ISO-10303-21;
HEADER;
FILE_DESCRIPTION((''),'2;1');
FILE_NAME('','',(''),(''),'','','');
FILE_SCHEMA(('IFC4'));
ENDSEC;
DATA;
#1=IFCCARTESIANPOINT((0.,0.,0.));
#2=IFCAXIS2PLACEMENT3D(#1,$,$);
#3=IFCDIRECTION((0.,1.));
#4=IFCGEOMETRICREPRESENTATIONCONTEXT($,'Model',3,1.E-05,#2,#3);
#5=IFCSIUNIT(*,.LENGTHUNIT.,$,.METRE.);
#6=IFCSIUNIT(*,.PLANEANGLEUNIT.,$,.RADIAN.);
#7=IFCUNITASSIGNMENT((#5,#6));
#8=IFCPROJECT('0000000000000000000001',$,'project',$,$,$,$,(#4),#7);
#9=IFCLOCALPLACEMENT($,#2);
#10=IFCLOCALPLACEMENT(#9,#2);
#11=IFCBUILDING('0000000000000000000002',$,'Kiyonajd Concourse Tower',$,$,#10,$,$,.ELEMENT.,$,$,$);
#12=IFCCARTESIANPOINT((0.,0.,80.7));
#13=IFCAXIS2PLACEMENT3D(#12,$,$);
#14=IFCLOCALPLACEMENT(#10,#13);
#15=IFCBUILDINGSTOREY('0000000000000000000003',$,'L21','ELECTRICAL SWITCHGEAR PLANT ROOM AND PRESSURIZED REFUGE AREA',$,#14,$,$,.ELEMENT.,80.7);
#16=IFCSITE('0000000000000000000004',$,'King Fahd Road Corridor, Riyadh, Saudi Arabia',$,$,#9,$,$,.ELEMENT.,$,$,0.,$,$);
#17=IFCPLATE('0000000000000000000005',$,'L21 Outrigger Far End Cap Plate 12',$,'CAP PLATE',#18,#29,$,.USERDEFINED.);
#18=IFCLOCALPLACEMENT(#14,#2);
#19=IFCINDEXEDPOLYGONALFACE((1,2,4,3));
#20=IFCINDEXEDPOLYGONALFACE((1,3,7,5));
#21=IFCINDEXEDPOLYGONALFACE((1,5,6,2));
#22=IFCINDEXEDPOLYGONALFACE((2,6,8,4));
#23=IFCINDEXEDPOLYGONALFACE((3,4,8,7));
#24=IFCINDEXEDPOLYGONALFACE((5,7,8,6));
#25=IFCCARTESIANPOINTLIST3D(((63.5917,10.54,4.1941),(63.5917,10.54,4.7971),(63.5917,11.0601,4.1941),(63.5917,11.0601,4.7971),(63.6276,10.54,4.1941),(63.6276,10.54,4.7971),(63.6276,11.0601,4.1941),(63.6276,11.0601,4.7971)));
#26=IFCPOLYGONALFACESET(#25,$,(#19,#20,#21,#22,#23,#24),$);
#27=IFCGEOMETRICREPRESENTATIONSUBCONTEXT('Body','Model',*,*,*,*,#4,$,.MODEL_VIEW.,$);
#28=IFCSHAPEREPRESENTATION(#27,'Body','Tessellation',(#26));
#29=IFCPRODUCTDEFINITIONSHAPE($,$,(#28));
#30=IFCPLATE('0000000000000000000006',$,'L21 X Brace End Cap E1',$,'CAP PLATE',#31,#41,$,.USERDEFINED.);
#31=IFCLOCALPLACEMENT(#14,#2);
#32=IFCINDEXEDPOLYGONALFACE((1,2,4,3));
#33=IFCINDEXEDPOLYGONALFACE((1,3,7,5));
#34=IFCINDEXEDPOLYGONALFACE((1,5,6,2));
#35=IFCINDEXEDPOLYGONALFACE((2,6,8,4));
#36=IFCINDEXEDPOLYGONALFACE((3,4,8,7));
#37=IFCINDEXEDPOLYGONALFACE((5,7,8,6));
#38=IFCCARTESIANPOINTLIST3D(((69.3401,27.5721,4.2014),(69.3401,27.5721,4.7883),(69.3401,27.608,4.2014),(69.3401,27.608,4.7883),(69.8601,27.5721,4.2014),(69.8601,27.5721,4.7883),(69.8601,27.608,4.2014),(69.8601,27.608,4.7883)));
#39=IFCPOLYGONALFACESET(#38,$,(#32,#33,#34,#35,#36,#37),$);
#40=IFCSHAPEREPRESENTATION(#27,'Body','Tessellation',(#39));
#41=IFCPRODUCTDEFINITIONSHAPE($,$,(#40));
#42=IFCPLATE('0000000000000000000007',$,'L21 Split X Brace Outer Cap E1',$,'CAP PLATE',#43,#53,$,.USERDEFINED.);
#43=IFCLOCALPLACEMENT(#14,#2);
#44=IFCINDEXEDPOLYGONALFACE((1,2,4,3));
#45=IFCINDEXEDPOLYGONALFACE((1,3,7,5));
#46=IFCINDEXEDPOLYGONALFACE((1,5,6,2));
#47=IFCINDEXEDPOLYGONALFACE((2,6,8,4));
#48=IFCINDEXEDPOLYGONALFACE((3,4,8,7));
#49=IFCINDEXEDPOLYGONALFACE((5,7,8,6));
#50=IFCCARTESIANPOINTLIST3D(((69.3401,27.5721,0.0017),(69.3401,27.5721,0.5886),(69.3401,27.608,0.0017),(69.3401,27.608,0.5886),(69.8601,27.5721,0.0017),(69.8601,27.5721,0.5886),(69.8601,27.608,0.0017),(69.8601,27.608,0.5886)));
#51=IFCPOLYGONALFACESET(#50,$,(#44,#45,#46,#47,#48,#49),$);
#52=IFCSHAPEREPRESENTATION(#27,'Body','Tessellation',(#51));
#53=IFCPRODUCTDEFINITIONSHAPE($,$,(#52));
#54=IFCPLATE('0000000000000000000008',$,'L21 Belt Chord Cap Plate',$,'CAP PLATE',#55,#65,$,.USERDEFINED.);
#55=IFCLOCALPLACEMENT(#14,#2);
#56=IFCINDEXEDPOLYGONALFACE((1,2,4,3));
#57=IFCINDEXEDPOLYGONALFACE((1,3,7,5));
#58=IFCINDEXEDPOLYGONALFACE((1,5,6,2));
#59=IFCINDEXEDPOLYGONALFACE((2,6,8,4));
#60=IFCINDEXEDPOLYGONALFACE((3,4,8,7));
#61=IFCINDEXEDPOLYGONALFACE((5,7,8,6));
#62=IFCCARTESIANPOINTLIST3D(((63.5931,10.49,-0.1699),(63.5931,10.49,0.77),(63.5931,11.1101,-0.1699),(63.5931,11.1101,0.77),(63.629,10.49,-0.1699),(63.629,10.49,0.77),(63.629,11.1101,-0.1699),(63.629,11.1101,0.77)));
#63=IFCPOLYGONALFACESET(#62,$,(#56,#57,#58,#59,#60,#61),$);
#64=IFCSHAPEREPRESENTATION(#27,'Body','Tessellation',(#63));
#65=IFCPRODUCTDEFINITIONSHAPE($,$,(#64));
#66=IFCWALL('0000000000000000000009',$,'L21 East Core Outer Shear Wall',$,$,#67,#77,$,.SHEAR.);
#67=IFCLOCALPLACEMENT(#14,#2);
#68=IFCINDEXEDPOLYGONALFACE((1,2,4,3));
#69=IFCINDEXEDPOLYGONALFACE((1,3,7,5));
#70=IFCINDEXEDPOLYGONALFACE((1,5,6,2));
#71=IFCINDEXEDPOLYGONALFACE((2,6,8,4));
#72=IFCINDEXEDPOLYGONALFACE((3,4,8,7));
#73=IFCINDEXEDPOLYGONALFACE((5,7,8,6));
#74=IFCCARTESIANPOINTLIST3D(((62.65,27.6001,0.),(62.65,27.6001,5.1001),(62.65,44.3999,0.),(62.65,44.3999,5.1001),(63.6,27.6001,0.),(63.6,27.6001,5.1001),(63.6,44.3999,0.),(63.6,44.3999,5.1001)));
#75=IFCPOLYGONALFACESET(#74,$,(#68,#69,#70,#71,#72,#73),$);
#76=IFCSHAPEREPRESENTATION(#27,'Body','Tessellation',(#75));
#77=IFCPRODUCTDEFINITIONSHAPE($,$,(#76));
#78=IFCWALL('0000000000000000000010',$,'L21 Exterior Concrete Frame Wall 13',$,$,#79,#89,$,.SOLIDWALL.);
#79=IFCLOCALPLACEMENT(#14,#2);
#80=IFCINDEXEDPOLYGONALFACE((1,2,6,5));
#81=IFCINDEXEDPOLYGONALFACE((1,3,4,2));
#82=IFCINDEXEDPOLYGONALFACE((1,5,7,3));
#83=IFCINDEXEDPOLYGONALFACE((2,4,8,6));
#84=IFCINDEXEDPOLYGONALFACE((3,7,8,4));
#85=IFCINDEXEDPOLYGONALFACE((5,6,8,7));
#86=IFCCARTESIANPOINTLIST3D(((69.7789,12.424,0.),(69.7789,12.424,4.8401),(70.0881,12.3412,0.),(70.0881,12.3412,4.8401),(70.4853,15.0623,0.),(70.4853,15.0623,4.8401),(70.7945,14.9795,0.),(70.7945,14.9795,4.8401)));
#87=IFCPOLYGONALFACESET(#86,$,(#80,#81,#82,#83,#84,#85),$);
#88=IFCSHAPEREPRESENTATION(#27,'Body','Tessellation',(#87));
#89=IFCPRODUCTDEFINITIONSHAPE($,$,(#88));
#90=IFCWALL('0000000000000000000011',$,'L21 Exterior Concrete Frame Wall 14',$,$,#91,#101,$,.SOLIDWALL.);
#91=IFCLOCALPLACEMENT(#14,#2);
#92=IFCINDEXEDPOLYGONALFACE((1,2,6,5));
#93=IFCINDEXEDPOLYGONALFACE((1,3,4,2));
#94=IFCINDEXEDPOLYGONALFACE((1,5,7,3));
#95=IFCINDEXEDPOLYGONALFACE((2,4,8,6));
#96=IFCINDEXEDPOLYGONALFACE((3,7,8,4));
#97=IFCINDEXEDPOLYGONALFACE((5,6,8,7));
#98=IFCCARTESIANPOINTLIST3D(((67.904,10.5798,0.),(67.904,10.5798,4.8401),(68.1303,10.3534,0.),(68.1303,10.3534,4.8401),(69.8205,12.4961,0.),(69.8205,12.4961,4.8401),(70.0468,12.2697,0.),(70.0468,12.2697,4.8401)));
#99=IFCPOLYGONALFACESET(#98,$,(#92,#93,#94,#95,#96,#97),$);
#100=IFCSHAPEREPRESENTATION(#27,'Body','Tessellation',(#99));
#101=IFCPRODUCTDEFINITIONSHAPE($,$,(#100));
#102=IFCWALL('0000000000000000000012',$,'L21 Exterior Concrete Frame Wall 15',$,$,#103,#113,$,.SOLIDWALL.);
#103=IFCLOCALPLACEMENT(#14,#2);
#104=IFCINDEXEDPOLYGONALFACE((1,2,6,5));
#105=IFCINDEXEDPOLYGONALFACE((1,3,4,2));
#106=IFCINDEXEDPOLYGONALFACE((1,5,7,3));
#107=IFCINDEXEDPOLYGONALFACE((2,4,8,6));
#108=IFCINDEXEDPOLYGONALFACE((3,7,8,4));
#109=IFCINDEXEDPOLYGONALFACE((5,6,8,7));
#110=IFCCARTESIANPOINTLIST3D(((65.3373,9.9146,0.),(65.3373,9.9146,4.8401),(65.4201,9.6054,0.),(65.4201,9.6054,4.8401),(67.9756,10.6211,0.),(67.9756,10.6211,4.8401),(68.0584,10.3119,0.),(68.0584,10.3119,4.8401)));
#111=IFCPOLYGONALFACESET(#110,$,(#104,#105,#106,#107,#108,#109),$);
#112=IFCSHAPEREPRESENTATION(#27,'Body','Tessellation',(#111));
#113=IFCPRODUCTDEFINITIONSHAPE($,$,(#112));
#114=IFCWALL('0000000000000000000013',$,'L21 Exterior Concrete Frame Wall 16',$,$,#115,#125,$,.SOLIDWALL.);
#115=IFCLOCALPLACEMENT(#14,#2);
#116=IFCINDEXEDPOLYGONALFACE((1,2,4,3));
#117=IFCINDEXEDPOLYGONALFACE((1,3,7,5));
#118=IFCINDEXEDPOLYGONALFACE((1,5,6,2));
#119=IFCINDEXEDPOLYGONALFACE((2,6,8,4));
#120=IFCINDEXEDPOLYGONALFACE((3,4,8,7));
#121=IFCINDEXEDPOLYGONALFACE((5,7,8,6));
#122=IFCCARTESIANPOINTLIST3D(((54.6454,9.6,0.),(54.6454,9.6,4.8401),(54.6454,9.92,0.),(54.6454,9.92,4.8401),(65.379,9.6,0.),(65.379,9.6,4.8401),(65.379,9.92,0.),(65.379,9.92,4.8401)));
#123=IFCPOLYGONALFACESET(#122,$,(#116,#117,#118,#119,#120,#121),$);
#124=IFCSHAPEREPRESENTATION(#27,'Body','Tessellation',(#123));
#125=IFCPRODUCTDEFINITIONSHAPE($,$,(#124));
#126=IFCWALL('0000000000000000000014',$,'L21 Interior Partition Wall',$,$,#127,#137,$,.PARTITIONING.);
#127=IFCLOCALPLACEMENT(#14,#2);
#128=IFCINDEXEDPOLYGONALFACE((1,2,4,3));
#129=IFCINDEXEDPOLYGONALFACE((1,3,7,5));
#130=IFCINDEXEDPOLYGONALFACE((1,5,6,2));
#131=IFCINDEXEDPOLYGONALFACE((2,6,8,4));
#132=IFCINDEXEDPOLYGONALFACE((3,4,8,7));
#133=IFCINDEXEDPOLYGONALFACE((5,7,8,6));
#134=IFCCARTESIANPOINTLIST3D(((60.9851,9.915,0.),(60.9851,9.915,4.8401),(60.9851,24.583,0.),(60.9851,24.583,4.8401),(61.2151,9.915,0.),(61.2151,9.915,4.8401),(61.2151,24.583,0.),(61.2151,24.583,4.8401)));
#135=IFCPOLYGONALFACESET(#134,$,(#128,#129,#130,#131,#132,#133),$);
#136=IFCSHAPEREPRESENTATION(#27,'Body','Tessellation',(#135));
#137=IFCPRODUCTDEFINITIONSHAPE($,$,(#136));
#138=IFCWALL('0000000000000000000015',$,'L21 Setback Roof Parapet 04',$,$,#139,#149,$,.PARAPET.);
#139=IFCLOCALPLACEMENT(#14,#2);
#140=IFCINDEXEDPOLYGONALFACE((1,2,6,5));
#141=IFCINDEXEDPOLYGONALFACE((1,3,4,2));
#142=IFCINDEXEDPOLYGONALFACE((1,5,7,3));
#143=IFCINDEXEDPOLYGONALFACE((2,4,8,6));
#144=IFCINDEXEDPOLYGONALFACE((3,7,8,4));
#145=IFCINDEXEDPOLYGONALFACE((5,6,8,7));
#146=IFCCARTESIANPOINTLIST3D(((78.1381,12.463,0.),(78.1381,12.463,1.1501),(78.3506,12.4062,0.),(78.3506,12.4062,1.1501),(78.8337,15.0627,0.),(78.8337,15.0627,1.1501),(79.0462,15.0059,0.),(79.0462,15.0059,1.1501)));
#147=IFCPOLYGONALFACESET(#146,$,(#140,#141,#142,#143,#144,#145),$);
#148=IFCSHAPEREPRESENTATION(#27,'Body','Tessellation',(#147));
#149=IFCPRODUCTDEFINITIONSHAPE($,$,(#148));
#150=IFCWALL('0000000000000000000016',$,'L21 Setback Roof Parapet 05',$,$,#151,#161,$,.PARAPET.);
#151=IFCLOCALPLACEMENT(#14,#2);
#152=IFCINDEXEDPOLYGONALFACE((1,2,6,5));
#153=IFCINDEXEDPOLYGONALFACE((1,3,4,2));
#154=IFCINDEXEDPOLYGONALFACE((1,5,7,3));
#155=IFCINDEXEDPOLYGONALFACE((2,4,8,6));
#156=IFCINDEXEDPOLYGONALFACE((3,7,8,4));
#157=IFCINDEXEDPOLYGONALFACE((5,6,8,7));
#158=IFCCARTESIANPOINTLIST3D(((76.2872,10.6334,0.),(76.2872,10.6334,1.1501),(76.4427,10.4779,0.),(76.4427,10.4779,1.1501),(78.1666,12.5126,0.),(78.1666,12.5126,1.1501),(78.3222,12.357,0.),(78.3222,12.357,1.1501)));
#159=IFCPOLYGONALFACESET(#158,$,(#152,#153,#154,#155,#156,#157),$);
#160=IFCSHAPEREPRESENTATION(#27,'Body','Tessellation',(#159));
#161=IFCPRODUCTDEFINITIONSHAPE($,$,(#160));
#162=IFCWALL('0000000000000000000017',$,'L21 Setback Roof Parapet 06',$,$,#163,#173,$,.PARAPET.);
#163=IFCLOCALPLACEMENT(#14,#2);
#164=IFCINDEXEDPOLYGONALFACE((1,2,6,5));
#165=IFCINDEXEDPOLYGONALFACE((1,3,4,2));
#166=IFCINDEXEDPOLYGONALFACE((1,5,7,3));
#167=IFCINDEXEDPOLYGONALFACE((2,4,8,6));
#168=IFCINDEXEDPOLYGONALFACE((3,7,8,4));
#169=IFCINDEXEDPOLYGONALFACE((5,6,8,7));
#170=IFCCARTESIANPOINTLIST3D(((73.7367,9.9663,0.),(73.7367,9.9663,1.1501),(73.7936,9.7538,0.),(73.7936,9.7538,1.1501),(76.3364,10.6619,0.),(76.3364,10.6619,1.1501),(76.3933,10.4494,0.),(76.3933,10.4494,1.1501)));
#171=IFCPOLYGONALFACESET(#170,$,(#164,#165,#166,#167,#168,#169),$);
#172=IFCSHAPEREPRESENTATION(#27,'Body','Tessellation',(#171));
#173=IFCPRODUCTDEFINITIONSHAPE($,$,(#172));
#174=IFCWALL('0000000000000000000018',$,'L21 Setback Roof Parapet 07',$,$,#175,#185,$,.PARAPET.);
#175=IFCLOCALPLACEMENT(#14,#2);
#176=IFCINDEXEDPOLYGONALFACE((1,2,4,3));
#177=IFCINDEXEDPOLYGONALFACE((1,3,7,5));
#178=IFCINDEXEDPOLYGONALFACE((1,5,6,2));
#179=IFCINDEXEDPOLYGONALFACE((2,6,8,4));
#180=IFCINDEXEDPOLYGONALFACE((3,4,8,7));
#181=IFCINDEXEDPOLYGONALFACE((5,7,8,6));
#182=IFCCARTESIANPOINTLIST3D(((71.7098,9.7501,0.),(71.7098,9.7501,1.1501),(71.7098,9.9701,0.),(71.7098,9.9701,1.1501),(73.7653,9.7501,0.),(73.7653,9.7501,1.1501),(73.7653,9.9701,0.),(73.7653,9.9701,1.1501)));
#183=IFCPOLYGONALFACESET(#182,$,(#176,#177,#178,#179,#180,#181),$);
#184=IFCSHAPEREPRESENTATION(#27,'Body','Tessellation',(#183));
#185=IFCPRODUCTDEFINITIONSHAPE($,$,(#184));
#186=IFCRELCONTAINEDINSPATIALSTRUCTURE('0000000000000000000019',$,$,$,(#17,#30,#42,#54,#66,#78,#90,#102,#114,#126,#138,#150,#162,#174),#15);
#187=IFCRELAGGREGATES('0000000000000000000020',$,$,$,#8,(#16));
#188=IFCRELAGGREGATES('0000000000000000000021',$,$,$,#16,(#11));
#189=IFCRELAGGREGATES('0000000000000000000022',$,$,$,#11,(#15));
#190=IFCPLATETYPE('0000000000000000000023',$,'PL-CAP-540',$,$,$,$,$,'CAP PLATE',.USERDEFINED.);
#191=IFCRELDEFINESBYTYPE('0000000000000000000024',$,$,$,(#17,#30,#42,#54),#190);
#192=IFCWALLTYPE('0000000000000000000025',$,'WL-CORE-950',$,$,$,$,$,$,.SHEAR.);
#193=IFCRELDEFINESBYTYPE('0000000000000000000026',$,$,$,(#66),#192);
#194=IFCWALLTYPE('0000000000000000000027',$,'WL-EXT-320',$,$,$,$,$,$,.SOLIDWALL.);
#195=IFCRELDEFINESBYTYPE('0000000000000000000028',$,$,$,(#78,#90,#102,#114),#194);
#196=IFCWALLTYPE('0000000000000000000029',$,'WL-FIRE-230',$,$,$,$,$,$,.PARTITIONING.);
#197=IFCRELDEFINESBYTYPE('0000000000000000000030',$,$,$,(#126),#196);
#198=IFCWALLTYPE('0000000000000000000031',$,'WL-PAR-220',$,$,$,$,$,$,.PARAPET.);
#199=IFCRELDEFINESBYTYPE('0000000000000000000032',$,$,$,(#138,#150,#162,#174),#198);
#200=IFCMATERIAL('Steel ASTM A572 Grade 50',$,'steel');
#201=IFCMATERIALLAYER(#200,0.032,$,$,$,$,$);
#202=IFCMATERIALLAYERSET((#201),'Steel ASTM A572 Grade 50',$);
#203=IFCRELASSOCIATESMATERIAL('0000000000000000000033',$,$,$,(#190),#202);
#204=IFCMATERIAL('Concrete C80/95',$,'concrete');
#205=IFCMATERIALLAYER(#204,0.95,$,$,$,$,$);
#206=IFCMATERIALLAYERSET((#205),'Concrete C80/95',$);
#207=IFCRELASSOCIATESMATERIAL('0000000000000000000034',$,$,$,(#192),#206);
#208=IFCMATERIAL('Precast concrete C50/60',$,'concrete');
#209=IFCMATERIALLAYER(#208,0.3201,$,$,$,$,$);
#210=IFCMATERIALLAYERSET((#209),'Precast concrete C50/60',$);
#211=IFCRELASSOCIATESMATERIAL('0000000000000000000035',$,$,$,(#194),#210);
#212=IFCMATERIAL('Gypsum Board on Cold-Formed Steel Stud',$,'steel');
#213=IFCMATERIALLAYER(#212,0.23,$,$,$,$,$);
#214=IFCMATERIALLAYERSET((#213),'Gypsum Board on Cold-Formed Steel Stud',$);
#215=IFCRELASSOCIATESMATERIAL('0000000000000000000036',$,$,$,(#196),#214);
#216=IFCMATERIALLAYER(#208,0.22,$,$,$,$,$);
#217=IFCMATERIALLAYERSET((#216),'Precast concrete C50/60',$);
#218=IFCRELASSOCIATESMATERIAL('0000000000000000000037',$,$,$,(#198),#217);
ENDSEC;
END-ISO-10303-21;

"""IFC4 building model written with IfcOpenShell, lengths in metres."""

from ifc_helpers import new_model, si_unit, direction, frame, frame_2d, origin, origin_2d, place, context, subcontext, project, spatial, rectangle, extrude, material, layer, layer_set, type_object, element, save


model = new_model("IFC4")

# Units and contexts
model_context = context("Model", 3, precision=1e-05, world=origin(), true_north=direction((0.0, 1.0)))
body_context = subcontext(model_context, "Body", "Model", "MODEL_VIEW")
ifc_project = project(units=[si_unit("LENGTHUNIT", "METRE"), si_unit("PLANEANGLEUNIT", "RADIAN")], contexts=[model_context])

# Site, building, storey
site_placement = place(None, origin())
site = spatial("IfcSite", under=ifc_project, at=site_placement, Name="King Fahd Road Corridor, Riyadh, Saudi Arabia", CompositionType="ELEMENT", RefElevation=0.0)
building_placement = place(site_placement, origin())
building = spatial("IfcBuilding", under=site, at=building_placement, Name="Kiyonajd Concourse Tower", CompositionType="ELEMENT")
storey_placement = place(building_placement, frame((0.0, 0.0, 80.7)))
storey = spatial("IfcBuildingStorey", under=building, at=storey_placement, Name="L21", Description="ELECTRICAL SWITCHGEAR PLANT ROOM AND PRESSURIZED REFUGE AREA", CompositionType="ELEMENT", Elevation=80.7)

# Shared definitions
ifc_material_1 = material(Name="Concrete C80/95", Category="concrete")

# Plates
ifc_material_2 = material(Name="Steel ASTM A572 Grade 50", Category="steel")
ifc_layer_1 = layer(ifc_material_2, 0.032)
ifc_layer_set_1 = layer_set([ifc_layer_1], Name="Steel ASTM A572 Grade 50")
plate_type = type_object("IfcPlateType", Name="PL-CAP-540", ElementType="CAP PLATE", PredefinedType="USERDEFINED", material=ifc_layer_set_1)
plate_1_placement = place(storey_placement, frame((63.6096, 10.8, 4.1941), z_axis=(0.0, 0.0, 1.0), x_axis=(1.0, 0.0, 0.0)))
element("IfcPlate", 1, at=plate_1_placement, inside=storey, type_object=plate_type, Name="L21 Outrigger Far End Cap Plate 12", ObjectType="CAP PLATE", PredefinedType="USERDEFINED", context=body_context, shape_type="SweptSolid", body=[
    extrude(rectangle(XDim=0.0359, YDim=0.52, at=origin_2d()), origin(), (0.0, 0.0, 1.0), 0.603),
])
for number, where, z_axis, x_axis, name in (
    (2, (69.6001, 27.5901, 4.2014), (0.0, 0.0, 1.0), (0.0, -1.0, 0.0), "L21 X Brace End Cap E1"),
    (3, (69.6001, 27.5901, 0.0017), (0.0, 0.0, 1.0), (0.0, -1.0, 0.0), "L21 Split X Brace Outer Cap E1"),
):
    element("IfcPlate", number, at=place(storey_placement, frame(where, z_axis=z_axis, x_axis=x_axis)), inside=storey, type_object=plate_type, Name=name, ObjectType="CAP PLATE", PredefinedType="USERDEFINED", context=body_context, shape_type="SweptSolid", body=[
        extrude(rectangle(XDim=0.0359, YDim=0.52, at=origin_2d()), origin(), (0.0, 0.0, 1.0), 0.5869),
    ])
plate_2_placement = place(storey_placement, frame((63.6111, 10.8, -0.1699), z_axis=(0.0, 0.0, 1.0), x_axis=(1.0, 0.0, 0.0)))
element("IfcPlate", 4, at=plate_2_placement, inside=storey, type_object=plate_type, Name="L21 Belt Chord Cap Plate", ObjectType="CAP PLATE", PredefinedType="USERDEFINED", context=body_context, shape_type="SweptSolid", body=[
    extrude(rectangle(XDim=0.0359, YDim=0.6201, at=origin_2d()), origin(), (0.0, 0.0, 1.0), 0.9399),
])

# Walls
ifc_layer_2 = layer(ifc_material_1, 0.95)
ifc_layer_set_2 = layer_set([ifc_layer_2], Name="Concrete C80/95")
wall_type_1 = type_object("IfcWallType", Name="WL-CORE-950", PredefinedType="SHEAR", material=ifc_layer_set_2)
wall_1_placement = place(storey_placement, frame((63.125, 27.6001, 0.0), z_axis=(0.0, 0.0, 1.0), x_axis=(0.0, 1.0, 0.0)))
element("IfcWall", 5, at=wall_1_placement, inside=storey, type_object=wall_type_1, Name="L21 East Core Outer Shear Wall", PredefinedType="SHEAR", context=body_context, shape_type="SweptSolid", body=[
    extrude(rectangle(XDim=16.7998, YDim=0.95, at=frame_2d((8.3999, 0.0))), origin(), (0.0, 0.0, 1.0), 5.1001),
])
ifc_material_3 = material(Name="Precast concrete C50/60", Category="concrete")
ifc_layer_3 = layer(ifc_material_3, 0.3201)
ifc_layer_set_3 = layer_set([ifc_layer_3], Name="Precast concrete C50/60")
wall_type_2 = type_object("IfcWallType", Name="WL-EXT-320", PredefinedType="SOLIDWALL", material=ifc_layer_set_3)
wall_2_placement = place(storey_placement, frame((70.6399, 15.021, 0.0), z_axis=(0.0, 0.0, 1.0), x_axis=(-0.258614, -0.965981, 0.0)))
element("IfcWall", 6, at=wall_2_placement, inside=storey, type_object=wall_type_2, Name="L21 Exterior Concrete Frame Wall 13", PredefinedType="SOLIDWALL", context=body_context, shape_type="SweptSolid", body=[
    extrude(rectangle(XDim=2.7312, YDim=0.3201, at=frame_2d((1.3657, 0.0))), origin(), (0.0, 0.0, 1.0), 4.8401),
])
wall_3_placement = place(storey_placement, frame((69.9336, 12.3828, 0.0), z_axis=(0.0, 0.0, 1.0), x_axis=(-0.707152, -0.707062, 0.0)))
element("IfcWall", 7, at=wall_3_placement, inside=storey, type_object=wall_type_2, Name="L21 Exterior Concrete Frame Wall 14", PredefinedType="SOLIDWALL", context=body_context, shape_type="SweptSolid", body=[
    extrude(rectangle(XDim=2.7102, YDim=0.3201, at=frame_2d((1.355, 0.0))), origin(), (0.0, 0.0, 1.0), 4.8401),
])
wall_4_placement = place(storey_placement, frame((68.0171, 10.4666, 0.0), z_axis=(0.0, 0.0, 1.0), x_axis=(-0.965958, -0.258697, 0.0)))
element("IfcWall", 8, at=wall_4_placement, inside=storey, type_object=wall_type_2, Name="L21 Exterior Concrete Frame Wall 15", PredefinedType="SOLIDWALL", context=body_context, shape_type="SweptSolid", body=[
    extrude(rectangle(XDim=2.7312, YDim=0.3201, at=frame_2d((1.3657, 0.0))), origin(), (0.0, 0.0, 1.0), 4.8401),
])
wall_5_placement = place(storey_placement, frame((65.3789, 9.76, 0.0), z_axis=(0.0, 0.0, 1.0), x_axis=(-1.0, 0.0, 0.0)))
element("IfcWall", 9, at=wall_5_placement, inside=storey, type_object=wall_type_2, Name="L21 Exterior Concrete Frame Wall 16", PredefinedType="SOLIDWALL", context=body_context, shape_type="SweptSolid", body=[
    extrude(rectangle(XDim=10.7336, YDim=0.3201, at=frame_2d((5.3667, 0.0))), origin(), (0.0, 0.0, 1.0), 4.8401),
])
ifc_material_4 = material(Name="Gypsum Board on Cold-Formed Steel Stud", Category="steel")
ifc_layer_4 = layer(ifc_material_4, 0.23)
ifc_layer_set_4 = layer_set([ifc_layer_4], Name="Gypsum Board on Cold-Formed Steel Stud")
wall_type_3 = type_object("IfcWallType", Name="WL-FIRE-230", PredefinedType="PARTITIONING", material=ifc_layer_set_4)
wall_6_placement = place(storey_placement, frame((61.1001, 9.915, 0.0), z_axis=(0.0, 0.0, 1.0), x_axis=(0.0, 1.0, 0.0)))
element("IfcWall", 10, at=wall_6_placement, inside=storey, type_object=wall_type_3, Name="L21 Interior Partition Wall", PredefinedType="PARTITIONING", context=body_context, shape_type="SweptSolid", body=[
    extrude(rectangle(XDim=14.668, YDim=0.23, at=frame_2d((7.334, 0.0))), origin(), (0.0, 0.0, 1.0), 4.8401),
])
ifc_layer_5 = layer(ifc_material_3, 0.22)
ifc_layer_set_5 = layer_set([ifc_layer_5], Name="Precast concrete C50/60")
wall_type_4 = type_object("IfcWallType", Name="WL-PAR-220", PredefinedType="PARAPET", material=ifc_layer_set_5)
wall_7_placement = place(storey_placement, frame((78.9399, 15.0344, 0.0), z_axis=(0.0, 0.0, 1.0), x_axis=(-0.25847, -0.966019, 0.0)))
element("IfcWall", 11, at=wall_7_placement, inside=storey, type_object=wall_type_4, Name="L21 Setback Roof Parapet 04", PredefinedType="PARAPET", context=body_context, shape_type="SweptSolid", body=[
    extrude(rectangle(XDim=2.6912, YDim=0.22, at=frame_2d((1.3457, 0.0))), origin(), (0.0, 0.0, 1.0), 1.1501),
])
wall_8_placement = place(storey_placement, frame((78.2444, 12.4348, 0.0), z_axis=(0.0, 0.0, 1.0), x_axis=(-0.707153, -0.707061, 0.0)))
element("IfcWall", 12, at=wall_8_placement, inside=storey, type_object=wall_type_4, Name="L21 Setback Roof Parapet 05", PredefinedType="PARAPET", context=body_context, shape_type="SweptSolid", body=[
    extrude(rectangle(XDim=2.6577, YDim=0.22, at=frame_2d((1.3289, 0.0))), origin(), (0.0, 0.0, 1.0), 1.1501),
])
wall_9_placement = place(storey_placement, frame((76.365, 10.5557, 0.0), z_axis=(0.0, 0.0, 1.0), x_axis=(-0.966019, -0.25847, 0.0)))
element("IfcWall", 13, at=wall_9_placement, inside=storey, type_object=wall_type_4, Name="L21 Setback Roof Parapet 06", PredefinedType="PARAPET", context=body_context, shape_type="SweptSolid", body=[
    extrude(rectangle(XDim=2.6912, YDim=0.22, at=frame_2d((1.3457, 0.0))), origin(), (0.0, 0.0, 1.0), 1.1501),
])
wall_10_placement = place(storey_placement, frame((73.7654, 9.8601, 0.0), z_axis=(0.0, 0.0, 1.0), x_axis=(-1.0, 0.0, 0.0)))
element("IfcWall", 14, at=wall_10_placement, inside=storey, type_object=wall_type_4, Name="L21 Setback Roof Parapet 07", PredefinedType="PARAPET", context=body_context, shape_type="SweptSolid", body=[
    extrude(rectangle(XDim=2.0554, YDim=0.22, at=frame_2d((1.0278, 0.0))), origin(), (0.0, 0.0, 1.0), 1.1501),
])

save(model, "model.ifc")
